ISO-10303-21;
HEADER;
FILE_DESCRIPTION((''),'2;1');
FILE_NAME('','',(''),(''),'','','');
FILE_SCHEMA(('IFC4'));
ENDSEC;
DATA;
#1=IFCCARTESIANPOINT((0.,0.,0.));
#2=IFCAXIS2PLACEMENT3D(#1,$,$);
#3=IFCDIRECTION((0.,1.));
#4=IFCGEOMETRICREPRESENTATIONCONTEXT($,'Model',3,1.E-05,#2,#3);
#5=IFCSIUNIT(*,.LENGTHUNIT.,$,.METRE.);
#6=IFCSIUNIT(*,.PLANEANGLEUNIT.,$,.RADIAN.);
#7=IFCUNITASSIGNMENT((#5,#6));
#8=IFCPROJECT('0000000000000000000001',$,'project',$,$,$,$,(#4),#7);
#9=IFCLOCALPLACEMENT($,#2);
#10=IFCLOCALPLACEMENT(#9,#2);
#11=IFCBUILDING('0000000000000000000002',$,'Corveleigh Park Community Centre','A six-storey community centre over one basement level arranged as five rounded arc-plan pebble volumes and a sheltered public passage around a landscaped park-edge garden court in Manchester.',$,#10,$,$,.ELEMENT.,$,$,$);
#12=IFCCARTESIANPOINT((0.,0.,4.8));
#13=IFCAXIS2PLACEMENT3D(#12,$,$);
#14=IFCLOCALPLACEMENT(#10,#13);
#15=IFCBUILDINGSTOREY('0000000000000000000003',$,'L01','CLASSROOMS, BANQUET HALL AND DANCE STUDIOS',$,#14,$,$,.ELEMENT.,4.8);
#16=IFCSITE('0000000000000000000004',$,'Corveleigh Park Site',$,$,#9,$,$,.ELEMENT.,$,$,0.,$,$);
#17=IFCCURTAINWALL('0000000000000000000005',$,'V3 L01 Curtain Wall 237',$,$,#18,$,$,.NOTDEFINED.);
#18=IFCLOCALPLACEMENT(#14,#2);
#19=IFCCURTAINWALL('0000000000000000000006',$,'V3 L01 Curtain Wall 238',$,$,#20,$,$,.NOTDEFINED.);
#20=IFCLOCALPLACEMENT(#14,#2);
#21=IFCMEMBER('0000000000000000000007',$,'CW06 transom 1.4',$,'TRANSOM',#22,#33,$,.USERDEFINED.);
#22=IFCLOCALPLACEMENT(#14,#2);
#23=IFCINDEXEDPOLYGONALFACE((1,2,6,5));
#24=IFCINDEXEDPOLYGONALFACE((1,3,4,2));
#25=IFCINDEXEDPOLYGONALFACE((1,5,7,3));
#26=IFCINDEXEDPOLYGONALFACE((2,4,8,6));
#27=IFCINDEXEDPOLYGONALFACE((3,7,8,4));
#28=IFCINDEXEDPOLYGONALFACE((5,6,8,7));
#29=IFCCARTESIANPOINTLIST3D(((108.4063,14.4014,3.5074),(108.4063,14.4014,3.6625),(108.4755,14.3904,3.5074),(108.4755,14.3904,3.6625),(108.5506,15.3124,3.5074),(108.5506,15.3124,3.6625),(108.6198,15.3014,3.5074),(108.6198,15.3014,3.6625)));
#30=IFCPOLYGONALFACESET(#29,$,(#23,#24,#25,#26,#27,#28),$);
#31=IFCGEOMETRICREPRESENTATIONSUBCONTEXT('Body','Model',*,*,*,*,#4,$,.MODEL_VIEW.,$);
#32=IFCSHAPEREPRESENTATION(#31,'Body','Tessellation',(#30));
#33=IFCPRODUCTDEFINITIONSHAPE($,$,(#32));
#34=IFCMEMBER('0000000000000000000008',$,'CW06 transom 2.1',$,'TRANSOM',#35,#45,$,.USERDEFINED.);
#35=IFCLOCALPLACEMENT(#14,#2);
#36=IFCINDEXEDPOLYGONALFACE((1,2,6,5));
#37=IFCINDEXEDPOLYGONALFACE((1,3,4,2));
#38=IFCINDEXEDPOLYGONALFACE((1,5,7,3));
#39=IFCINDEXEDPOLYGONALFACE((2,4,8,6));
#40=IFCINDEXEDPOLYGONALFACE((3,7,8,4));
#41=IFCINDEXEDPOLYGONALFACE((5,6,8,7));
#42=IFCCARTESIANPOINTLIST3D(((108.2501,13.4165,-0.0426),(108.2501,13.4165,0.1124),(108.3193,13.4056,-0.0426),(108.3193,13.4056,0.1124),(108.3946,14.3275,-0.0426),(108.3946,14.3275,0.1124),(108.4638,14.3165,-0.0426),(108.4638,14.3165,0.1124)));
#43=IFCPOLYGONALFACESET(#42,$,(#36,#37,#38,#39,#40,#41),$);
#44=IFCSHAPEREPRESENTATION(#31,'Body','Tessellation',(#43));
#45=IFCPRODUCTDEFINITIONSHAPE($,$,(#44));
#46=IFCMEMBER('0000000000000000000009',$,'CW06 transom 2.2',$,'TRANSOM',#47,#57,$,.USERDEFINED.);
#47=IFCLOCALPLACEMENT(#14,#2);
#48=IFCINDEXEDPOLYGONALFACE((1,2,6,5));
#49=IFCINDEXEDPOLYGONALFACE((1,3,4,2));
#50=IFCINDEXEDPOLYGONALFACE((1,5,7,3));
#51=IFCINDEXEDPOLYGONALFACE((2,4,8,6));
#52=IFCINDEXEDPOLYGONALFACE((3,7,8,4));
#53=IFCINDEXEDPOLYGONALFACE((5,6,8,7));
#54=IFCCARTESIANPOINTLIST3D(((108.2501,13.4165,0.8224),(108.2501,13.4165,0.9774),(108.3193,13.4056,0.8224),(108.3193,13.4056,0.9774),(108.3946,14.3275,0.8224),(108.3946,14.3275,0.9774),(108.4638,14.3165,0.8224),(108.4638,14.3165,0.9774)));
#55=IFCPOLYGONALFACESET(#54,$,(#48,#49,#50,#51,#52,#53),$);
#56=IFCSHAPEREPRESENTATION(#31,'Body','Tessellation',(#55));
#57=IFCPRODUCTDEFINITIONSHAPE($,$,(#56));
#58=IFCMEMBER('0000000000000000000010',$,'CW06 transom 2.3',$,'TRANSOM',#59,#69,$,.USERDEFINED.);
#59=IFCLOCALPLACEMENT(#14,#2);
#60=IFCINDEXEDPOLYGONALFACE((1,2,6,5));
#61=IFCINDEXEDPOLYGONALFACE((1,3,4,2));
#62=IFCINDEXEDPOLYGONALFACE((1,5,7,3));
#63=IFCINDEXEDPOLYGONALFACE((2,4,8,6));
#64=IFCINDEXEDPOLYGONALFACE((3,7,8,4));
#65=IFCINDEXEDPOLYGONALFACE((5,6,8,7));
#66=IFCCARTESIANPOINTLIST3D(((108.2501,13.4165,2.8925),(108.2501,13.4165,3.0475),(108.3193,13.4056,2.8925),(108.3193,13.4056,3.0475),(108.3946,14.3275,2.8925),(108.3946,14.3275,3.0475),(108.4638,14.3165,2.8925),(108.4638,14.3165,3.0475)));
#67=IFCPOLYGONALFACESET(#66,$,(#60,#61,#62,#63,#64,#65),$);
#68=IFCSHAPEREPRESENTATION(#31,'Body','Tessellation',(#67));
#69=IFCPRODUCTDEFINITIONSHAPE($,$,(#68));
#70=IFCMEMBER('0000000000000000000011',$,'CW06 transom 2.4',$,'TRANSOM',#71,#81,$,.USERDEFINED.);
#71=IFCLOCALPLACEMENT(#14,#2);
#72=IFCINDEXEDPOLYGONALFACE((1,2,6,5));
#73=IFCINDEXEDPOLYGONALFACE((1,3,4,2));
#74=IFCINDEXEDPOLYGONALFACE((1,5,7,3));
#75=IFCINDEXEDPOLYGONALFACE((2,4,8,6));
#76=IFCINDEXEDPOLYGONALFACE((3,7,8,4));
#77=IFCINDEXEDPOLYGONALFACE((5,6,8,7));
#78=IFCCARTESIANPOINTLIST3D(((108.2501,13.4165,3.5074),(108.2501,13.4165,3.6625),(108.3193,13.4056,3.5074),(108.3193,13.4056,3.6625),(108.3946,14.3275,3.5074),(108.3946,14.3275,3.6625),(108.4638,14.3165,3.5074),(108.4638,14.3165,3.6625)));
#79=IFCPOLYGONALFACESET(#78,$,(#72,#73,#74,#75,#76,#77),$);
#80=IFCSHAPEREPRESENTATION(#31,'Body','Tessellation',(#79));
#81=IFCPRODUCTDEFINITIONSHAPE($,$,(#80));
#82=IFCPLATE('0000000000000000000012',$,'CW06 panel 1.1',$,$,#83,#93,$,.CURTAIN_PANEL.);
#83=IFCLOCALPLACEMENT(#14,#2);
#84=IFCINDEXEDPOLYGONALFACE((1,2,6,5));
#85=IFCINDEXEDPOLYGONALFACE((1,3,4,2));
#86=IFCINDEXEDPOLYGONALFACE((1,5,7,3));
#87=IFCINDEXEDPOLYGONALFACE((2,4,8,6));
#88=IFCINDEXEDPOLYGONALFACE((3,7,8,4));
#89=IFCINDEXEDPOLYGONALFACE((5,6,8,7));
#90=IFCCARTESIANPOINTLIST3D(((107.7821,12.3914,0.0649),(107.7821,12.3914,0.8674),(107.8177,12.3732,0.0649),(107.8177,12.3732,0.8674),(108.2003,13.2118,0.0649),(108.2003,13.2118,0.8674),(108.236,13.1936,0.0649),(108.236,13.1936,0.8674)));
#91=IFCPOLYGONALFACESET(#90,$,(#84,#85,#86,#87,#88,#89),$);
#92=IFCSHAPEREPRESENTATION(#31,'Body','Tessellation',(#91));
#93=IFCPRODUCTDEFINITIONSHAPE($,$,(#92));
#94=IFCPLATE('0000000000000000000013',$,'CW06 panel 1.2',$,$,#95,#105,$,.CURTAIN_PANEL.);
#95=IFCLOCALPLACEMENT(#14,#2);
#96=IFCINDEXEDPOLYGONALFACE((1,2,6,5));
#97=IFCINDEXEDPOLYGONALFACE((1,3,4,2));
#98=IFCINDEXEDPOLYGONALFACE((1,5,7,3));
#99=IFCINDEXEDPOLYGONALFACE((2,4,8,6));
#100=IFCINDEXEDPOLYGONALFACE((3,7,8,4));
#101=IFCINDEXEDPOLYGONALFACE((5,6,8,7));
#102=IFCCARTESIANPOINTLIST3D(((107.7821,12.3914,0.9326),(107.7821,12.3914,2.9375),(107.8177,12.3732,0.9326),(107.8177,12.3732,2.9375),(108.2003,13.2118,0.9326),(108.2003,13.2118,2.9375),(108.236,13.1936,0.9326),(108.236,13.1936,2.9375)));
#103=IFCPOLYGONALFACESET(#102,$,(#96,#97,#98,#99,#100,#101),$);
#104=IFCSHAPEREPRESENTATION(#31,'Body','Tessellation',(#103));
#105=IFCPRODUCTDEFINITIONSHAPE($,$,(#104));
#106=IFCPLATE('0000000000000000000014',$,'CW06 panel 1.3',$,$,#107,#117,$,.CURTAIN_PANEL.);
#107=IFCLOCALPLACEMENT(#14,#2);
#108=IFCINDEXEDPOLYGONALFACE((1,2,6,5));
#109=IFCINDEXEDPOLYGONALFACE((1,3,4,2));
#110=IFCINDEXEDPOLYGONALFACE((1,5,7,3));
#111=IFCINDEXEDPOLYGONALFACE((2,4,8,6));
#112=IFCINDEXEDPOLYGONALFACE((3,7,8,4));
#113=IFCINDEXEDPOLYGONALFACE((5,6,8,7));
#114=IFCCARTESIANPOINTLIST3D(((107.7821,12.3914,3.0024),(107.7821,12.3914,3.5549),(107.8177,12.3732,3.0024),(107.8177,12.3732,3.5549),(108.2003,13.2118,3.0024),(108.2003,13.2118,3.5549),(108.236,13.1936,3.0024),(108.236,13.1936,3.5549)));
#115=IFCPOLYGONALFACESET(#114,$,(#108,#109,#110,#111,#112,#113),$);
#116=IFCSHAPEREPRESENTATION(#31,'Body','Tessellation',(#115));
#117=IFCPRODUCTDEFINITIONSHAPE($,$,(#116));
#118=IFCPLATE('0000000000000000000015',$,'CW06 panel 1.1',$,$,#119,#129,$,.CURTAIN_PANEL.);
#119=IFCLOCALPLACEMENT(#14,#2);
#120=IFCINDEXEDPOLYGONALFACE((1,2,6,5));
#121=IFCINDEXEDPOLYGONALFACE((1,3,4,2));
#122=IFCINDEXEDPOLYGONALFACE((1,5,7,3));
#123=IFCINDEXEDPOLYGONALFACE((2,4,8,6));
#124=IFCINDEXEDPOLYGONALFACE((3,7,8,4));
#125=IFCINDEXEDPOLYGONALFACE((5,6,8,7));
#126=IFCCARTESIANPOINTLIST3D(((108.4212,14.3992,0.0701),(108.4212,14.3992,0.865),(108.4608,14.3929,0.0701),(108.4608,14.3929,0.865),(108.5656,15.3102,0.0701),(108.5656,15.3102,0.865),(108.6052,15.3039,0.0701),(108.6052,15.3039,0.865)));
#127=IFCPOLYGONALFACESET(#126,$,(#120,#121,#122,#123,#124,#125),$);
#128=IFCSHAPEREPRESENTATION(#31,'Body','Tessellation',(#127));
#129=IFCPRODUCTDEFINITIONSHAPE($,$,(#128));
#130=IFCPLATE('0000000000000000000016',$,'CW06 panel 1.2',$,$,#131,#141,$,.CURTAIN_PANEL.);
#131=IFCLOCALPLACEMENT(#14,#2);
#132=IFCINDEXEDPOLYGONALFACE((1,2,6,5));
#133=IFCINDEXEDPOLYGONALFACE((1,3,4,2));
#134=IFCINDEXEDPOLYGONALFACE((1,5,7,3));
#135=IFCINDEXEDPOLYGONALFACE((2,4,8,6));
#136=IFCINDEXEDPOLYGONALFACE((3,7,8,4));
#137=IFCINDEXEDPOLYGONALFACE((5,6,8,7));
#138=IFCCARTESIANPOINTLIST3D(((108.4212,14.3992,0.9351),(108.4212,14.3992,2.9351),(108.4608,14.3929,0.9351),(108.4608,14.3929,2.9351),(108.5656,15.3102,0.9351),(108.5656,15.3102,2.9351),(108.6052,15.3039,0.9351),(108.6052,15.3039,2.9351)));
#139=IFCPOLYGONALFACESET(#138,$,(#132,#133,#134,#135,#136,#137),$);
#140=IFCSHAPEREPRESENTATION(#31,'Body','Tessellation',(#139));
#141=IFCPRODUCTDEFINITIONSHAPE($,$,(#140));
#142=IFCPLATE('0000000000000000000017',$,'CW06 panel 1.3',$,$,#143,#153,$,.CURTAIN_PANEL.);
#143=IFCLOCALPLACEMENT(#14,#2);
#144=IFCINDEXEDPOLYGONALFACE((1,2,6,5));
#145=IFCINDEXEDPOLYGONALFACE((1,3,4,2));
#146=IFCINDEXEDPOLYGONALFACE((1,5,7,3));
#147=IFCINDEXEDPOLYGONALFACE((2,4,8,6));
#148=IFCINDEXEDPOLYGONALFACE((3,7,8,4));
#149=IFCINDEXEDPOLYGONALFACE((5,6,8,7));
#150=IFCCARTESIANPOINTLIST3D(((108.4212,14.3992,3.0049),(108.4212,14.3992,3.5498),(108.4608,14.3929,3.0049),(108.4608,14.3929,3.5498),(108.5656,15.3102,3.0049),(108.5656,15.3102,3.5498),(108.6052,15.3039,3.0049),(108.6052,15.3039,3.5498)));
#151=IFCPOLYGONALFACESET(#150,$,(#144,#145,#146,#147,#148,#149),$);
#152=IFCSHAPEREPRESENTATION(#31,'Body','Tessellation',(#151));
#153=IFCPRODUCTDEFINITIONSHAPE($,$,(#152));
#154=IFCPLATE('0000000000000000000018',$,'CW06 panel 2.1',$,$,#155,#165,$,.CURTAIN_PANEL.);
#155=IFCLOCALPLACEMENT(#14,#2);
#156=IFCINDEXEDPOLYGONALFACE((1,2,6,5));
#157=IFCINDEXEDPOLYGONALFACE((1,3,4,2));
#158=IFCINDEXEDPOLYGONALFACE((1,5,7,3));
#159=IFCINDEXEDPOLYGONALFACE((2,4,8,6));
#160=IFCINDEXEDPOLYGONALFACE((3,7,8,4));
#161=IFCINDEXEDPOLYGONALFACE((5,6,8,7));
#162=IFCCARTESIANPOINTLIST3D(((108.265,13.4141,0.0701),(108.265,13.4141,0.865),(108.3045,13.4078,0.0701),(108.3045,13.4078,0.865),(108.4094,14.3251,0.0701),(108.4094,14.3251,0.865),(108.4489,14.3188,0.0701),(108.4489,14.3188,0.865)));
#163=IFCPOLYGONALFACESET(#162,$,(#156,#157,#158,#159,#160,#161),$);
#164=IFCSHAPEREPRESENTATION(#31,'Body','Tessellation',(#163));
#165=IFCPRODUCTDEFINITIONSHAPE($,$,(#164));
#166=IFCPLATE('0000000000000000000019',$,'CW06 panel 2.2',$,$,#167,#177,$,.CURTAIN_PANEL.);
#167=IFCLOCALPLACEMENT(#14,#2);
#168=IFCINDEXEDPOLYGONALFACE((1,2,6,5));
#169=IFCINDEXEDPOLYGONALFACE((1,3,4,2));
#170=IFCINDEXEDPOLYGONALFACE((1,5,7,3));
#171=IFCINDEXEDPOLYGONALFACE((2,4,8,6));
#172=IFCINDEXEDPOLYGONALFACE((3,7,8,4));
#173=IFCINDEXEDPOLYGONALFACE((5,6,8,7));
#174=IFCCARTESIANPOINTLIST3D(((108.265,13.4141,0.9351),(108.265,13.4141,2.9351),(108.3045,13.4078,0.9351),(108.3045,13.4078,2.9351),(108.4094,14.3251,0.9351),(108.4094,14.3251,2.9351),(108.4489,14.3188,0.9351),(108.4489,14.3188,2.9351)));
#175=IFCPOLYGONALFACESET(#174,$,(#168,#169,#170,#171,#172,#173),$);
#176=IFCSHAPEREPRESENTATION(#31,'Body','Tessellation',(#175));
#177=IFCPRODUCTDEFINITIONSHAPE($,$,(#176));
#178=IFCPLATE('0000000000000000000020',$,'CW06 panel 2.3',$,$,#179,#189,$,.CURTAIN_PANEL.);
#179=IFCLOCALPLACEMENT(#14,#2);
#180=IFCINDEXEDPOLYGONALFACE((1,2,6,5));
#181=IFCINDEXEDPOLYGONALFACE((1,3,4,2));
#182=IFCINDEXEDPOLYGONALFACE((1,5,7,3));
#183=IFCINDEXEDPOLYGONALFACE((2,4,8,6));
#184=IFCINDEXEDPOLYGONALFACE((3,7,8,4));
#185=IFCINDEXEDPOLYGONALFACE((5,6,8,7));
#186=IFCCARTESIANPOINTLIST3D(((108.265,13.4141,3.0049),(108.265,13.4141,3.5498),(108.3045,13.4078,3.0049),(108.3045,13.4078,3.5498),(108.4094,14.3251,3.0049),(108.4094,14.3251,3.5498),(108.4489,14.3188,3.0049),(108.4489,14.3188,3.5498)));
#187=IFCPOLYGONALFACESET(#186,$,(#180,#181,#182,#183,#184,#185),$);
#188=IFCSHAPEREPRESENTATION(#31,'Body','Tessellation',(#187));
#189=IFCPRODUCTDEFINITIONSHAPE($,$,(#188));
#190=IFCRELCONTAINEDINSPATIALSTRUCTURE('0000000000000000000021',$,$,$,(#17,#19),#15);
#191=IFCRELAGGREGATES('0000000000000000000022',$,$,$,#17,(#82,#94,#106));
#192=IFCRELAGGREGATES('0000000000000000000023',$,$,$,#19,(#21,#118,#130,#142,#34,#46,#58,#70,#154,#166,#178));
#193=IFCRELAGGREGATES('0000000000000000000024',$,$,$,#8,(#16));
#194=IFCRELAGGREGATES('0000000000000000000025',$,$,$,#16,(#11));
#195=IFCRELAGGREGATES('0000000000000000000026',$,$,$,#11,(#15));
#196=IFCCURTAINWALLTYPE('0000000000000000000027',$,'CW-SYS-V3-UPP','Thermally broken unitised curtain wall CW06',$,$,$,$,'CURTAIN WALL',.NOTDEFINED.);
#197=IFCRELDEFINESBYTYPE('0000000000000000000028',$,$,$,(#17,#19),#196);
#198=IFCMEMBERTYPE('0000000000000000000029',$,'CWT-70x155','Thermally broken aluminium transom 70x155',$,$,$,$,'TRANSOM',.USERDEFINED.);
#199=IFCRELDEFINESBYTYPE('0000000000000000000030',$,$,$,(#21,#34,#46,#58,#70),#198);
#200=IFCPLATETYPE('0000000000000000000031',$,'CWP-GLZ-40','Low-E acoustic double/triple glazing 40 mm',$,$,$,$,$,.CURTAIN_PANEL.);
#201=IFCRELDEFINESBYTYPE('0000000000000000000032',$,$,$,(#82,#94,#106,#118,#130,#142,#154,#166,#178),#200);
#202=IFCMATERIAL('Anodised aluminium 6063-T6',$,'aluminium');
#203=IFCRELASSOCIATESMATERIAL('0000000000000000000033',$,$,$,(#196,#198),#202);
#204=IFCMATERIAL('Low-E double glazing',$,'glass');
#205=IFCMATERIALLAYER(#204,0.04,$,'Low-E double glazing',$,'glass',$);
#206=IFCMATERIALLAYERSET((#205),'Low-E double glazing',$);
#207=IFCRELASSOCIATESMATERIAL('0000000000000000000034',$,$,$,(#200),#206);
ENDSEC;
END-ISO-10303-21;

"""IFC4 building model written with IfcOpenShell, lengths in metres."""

from ifc_helpers import new_model, si_unit, direction, frame, origin, origin_2d, place, context, subcontext, project, spatial, rectangle, extrude, material, layer, layer_set, material_profile, profile_set, type_object, element, aggregate, save


model = new_model("IFC4")

# Units and contexts
model_context = context("Model", 3, precision=1e-05, world=origin(), true_north=direction((0.0, 1.0)))
body_context = subcontext(model_context, "Body", "Model", "MODEL_VIEW")
ifc_project = project(units=[si_unit("LENGTHUNIT", "METRE"), si_unit("PLANEANGLEUNIT", "RADIAN")], contexts=[model_context])

# Site, building, storey
site_placement = place(None, origin())
site = spatial("IfcSite", under=ifc_project, at=site_placement, Name="Corveleigh Park Site", CompositionType="ELEMENT", RefElevation=0.0)
building_placement = place(site_placement, origin())
building = spatial("IfcBuilding", under=site, at=building_placement, Name="Corveleigh Park Community Centre", Description="A six-storey community centre over one basement level arranged as five rounded arc-plan pebble volumes and a sheltered public passage around a landscaped park-edge garden court in Manchester.", CompositionType="ELEMENT")
storey_placement = place(building_placement, frame((0.0, 0.0, 4.8)))
storey = spatial("IfcBuildingStorey", under=building, at=storey_placement, Name="L01", Description="CLASSROOMS, BANQUET HALL AND DANCE STUDIOS", CompositionType="ELEMENT", Elevation=4.8)

# Curtain walls
ifc_material_1 = material(Name="Anodised aluminium 6063-T6", Category="aluminium")
curtain_wall_type = type_object("IfcCurtainWallType", Name="CW-SYS-V3-UPP", Description="Thermally broken unitised curtain wall CW06", ElementType="CURTAIN WALL", PredefinedType="NOTDEFINED", material=ifc_material_1)
curtain_wall_1_placement = place(storey_placement, origin())
curtain_wall_1 = element("IfcCurtainWall", 1, at=curtain_wall_1_placement, inside=storey, type_object=curtain_wall_type, Name="V3 L01 Curtain Wall 237", PredefinedType="NOTDEFINED")
curtain_wall_2_placement = place(storey_placement, origin())
curtain_wall_2 = element("IfcCurtainWall", 2, at=curtain_wall_2_placement, inside=storey, type_object=curtain_wall_type, Name="V3 L01 Curtain Wall 238", PredefinedType="NOTDEFINED")

# Members
ifc_material_profile_1 = material_profile(ifc_material_1, rectangle(XDim=0.0701, YDim=0.155, at=origin_2d()), Name="ALU-T70x155", Category="aluminium")
ifc_profile_set_1 = profile_set([ifc_material_profile_1], Name="Anodised aluminium 6063-T6")
member_type_1 = type_object("IfcMemberType", Name="CWT-70x155", Description="Thermally broken aluminium transom 70x155", ElementType="TRANSOM", PredefinedType="USERDEFINED", material=ifc_profile_set_1)
member_1_placement = place(storey_placement, frame((108.5852, 15.3069, 3.585), z_axis=(-0.156452, -0.987686, 0.0), x_axis=(0.987686, -0.156452, 0.0)))
member_1 = element("IfcMember", 3, at=member_1_placement, type_object=member_type_1, Name="CW06 transom 1.4", ObjectType="TRANSOM", PredefinedType="USERDEFINED", context=body_context, shape_type="SweptSolid", body=[
    extrude(rectangle(XDim=0.0701, YDim=0.155, at=origin_2d()), origin(), (0.0, 0.0, 1.0), 0.9224),
])
member_2_placement = place(storey_placement, frame((108.4292, 14.322, 0.0349), z_axis=(-0.15671, -0.987645, 0.0), x_axis=(0.987645, -0.15671, 0.0)))
member_2 = element("IfcMember", 4, at=member_2_placement, type_object=member_type_1, Name="CW06 transom 2.1", ObjectType="TRANSOM", PredefinedType="USERDEFINED", context=body_context, shape_type="SweptSolid", body=[
    extrude(rectangle(XDim=0.0701, YDim=0.155, at=origin_2d()), origin(), (0.0, 0.0, 1.0), 0.9224),
])
member_3_placement = place(storey_placement, frame((108.4292, 14.322, 0.8999), z_axis=(-0.15671, -0.987645, 0.0), x_axis=(0.987645, -0.15671, 0.0)))
member_3 = element("IfcMember", 5, at=member_3_placement, type_object=member_type_1, Name="CW06 transom 2.2", ObjectType="TRANSOM", PredefinedType="USERDEFINED", context=body_context, shape_type="SweptSolid", body=[
    extrude(rectangle(XDim=0.0701, YDim=0.155, at=origin_2d()), origin(), (0.0, 0.0, 1.0), 0.9224),
])
member_4_placement = place(storey_placement, frame((108.4292, 14.322, 2.97), z_axis=(-0.15671, -0.987645, 0.0), x_axis=(0.987645, -0.15671, 0.0)))
member_4 = element("IfcMember", 6, at=member_4_placement, type_object=member_type_1, Name="CW06 transom 2.3", ObjectType="TRANSOM", PredefinedType="USERDEFINED", context=body_context, shape_type="SweptSolid", body=[
    extrude(rectangle(XDim=0.0701, YDim=0.155, at=origin_2d()), origin(), (0.0, 0.0, 1.0), 0.9224),
])
member_5_placement = place(storey_placement, frame((108.4292, 14.322, 3.585), z_axis=(-0.15671, -0.987645, 0.0), x_axis=(0.987645, -0.15671, 0.0)))
member_5 = element("IfcMember", 7, at=member_5_placement, type_object=member_type_1, Name="CW06 transom 2.4", ObjectType="TRANSOM", PredefinedType="USERDEFINED", context=body_context, shape_type="SweptSolid", body=[
    extrude(rectangle(XDim=0.0701, YDim=0.155, at=origin_2d()), origin(), (0.0, 0.0, 1.0), 0.9224),
])

# Plates
ifc_material_2 = material(Name="Low-E double glazing", Category="glass")
ifc_layer_1 = layer(ifc_material_2, 0.04, Name="Low-E double glazing", Category="glass")
ifc_layer_set_1 = layer_set([ifc_layer_1], Name="Low-E double glazing")
plate_type = type_object("IfcPlateType", Name="CWP-GLZ-40", Description="Low-E acoustic double/triple glazing 40 mm", PredefinedType="CURTAIN_PANEL", material=ifc_layer_set_1)
plate_1_placement = place(storey_placement, frame((108.009, 12.7925, 0.0649), z_axis=(0.0, 0.0, 1.0), x_axis=(-0.454218, -0.890891, 0.0)))
plate_1 = element("IfcPlate", 8, at=plate_1_placement, type_object=plate_type, Name="CW06 panel 1.1", PredefinedType="CURTAIN_PANEL", context=body_context, shape_type="SweptSolid", body=[
    extrude(rectangle(XDim=0.9209, YDim=0.04, at=origin_2d()), origin(), (0.0, 0.0, 1.0), 0.8025),
])
plate_2_placement = place(storey_placement, frame((108.009, 12.7925, 0.9326), z_axis=(0.0, 0.0, 1.0), x_axis=(-0.454218, -0.890891, 0.0)))
plate_2 = element("IfcPlate", 9, at=plate_2_placement, type_object=plate_type, Name="CW06 panel 1.2", PredefinedType="CURTAIN_PANEL", context=body_context, shape_type="SweptSolid", body=[
    extrude(rectangle(XDim=0.9209, YDim=0.04, at=origin_2d()), origin(), (0.0, 0.0, 1.0), 2.0049),
])
plate_3_placement = place(storey_placement, frame((108.009, 12.7925, 3.0024), z_axis=(0.0, 0.0, 1.0), x_axis=(-0.454218, -0.890891, 0.0)))
plate_3 = element("IfcPlate", 10, at=plate_3_placement, type_object=plate_type, Name="CW06 panel 1.3", PredefinedType="CURTAIN_PANEL", context=body_context, shape_type="SweptSolid", body=[
    extrude(rectangle(XDim=0.9209, YDim=0.04, at=origin_2d()), origin(), (0.0, 0.0, 1.0), 0.5525),
])
aggregate(curtain_wall_1, [plate_1, plate_2, plate_3])
plate_4_placement = place(storey_placement, frame((108.5132, 14.8516, 0.0701), z_axis=(0.0, 0.0, 1.0), x_axis=(-0.156558, -0.987669, 0.0)))
plate_4 = element("IfcPlate", 11, at=plate_4_placement, type_object=plate_type, Name="CW06 panel 1.1", PredefinedType="CURTAIN_PANEL", context=body_context, shape_type="SweptSolid", body=[
    extrude(rectangle(XDim=0.9224, YDim=0.04, at=origin_2d()), origin(), (0.0, 0.0, 1.0), 0.7949),
])
plate_5_placement = place(storey_placement, frame((108.5132, 14.8516, 0.9351), z_axis=(0.0, 0.0, 1.0), x_axis=(-0.156558, -0.987669, 0.0)))
plate_5 = element("IfcPlate", 12, at=plate_5_placement, type_object=plate_type, Name="CW06 panel 1.2", PredefinedType="CURTAIN_PANEL", context=body_context, shape_type="SweptSolid", body=[
    extrude(rectangle(XDim=0.9224, YDim=0.04, at=origin_2d()), origin(), (0.0, 0.0, 1.0), 2.0),
])
plate_6_placement = place(storey_placement, frame((108.5132, 14.8516, 3.0049), z_axis=(0.0, 0.0, 1.0), x_axis=(-0.156558, -0.987669, 0.0)))
plate_6 = element("IfcPlate", 13, at=plate_6_placement, type_object=plate_type, Name="CW06 panel 1.3", PredefinedType="CURTAIN_PANEL", context=body_context, shape_type="SweptSolid", body=[
    extrude(rectangle(XDim=0.9224, YDim=0.04, at=origin_2d()), origin(), (0.0, 0.0, 1.0), 0.5449),
])
plate_7_placement = place(storey_placement, frame((108.3569, 13.8665, 0.0701), z_axis=(0.0, 0.0, 1.0), x_axis=(-0.156558, -0.987669, 0.0)))
plate_7 = element("IfcPlate", 14, at=plate_7_placement, type_object=plate_type, Name="CW06 panel 2.1", PredefinedType="CURTAIN_PANEL", context=body_context, shape_type="SweptSolid", body=[
    extrude(rectangle(XDim=0.9224, YDim=0.04, at=origin_2d()), origin(), (0.0, 0.0, 1.0), 0.7949),
])
plate_8_placement = place(storey_placement, frame((108.3569, 13.8665, 0.9351), z_axis=(0.0, 0.0, 1.0), x_axis=(-0.156558, -0.987669, 0.0)))
plate_8 = element("IfcPlate", 15, at=plate_8_placement, type_object=plate_type, Name="CW06 panel 2.2", PredefinedType="CURTAIN_PANEL", context=body_context, shape_type="SweptSolid", body=[
    extrude(rectangle(XDim=0.9224, YDim=0.04, at=origin_2d()), origin(), (0.0, 0.0, 1.0), 2.0),
])
plate_9_placement = place(storey_placement, frame((108.3569, 13.8665, 3.0049), z_axis=(0.0, 0.0, 1.0), x_axis=(-0.156558, -0.987669, 0.0)))
plate_9 = element("IfcPlate", 16, at=plate_9_placement, type_object=plate_type, Name="CW06 panel 2.3", PredefinedType="CURTAIN_PANEL", context=body_context, shape_type="SweptSolid", body=[
    extrude(rectangle(XDim=0.9224, YDim=0.04, at=origin_2d()), origin(), (0.0, 0.0, 1.0), 0.5449),
])
aggregate(curtain_wall_2, [member_1, plate_4, plate_5, plate_6, member_2, member_3, member_4, member_5, plate_7, plate_8, plate_9])

save(model, "model.ifc")
